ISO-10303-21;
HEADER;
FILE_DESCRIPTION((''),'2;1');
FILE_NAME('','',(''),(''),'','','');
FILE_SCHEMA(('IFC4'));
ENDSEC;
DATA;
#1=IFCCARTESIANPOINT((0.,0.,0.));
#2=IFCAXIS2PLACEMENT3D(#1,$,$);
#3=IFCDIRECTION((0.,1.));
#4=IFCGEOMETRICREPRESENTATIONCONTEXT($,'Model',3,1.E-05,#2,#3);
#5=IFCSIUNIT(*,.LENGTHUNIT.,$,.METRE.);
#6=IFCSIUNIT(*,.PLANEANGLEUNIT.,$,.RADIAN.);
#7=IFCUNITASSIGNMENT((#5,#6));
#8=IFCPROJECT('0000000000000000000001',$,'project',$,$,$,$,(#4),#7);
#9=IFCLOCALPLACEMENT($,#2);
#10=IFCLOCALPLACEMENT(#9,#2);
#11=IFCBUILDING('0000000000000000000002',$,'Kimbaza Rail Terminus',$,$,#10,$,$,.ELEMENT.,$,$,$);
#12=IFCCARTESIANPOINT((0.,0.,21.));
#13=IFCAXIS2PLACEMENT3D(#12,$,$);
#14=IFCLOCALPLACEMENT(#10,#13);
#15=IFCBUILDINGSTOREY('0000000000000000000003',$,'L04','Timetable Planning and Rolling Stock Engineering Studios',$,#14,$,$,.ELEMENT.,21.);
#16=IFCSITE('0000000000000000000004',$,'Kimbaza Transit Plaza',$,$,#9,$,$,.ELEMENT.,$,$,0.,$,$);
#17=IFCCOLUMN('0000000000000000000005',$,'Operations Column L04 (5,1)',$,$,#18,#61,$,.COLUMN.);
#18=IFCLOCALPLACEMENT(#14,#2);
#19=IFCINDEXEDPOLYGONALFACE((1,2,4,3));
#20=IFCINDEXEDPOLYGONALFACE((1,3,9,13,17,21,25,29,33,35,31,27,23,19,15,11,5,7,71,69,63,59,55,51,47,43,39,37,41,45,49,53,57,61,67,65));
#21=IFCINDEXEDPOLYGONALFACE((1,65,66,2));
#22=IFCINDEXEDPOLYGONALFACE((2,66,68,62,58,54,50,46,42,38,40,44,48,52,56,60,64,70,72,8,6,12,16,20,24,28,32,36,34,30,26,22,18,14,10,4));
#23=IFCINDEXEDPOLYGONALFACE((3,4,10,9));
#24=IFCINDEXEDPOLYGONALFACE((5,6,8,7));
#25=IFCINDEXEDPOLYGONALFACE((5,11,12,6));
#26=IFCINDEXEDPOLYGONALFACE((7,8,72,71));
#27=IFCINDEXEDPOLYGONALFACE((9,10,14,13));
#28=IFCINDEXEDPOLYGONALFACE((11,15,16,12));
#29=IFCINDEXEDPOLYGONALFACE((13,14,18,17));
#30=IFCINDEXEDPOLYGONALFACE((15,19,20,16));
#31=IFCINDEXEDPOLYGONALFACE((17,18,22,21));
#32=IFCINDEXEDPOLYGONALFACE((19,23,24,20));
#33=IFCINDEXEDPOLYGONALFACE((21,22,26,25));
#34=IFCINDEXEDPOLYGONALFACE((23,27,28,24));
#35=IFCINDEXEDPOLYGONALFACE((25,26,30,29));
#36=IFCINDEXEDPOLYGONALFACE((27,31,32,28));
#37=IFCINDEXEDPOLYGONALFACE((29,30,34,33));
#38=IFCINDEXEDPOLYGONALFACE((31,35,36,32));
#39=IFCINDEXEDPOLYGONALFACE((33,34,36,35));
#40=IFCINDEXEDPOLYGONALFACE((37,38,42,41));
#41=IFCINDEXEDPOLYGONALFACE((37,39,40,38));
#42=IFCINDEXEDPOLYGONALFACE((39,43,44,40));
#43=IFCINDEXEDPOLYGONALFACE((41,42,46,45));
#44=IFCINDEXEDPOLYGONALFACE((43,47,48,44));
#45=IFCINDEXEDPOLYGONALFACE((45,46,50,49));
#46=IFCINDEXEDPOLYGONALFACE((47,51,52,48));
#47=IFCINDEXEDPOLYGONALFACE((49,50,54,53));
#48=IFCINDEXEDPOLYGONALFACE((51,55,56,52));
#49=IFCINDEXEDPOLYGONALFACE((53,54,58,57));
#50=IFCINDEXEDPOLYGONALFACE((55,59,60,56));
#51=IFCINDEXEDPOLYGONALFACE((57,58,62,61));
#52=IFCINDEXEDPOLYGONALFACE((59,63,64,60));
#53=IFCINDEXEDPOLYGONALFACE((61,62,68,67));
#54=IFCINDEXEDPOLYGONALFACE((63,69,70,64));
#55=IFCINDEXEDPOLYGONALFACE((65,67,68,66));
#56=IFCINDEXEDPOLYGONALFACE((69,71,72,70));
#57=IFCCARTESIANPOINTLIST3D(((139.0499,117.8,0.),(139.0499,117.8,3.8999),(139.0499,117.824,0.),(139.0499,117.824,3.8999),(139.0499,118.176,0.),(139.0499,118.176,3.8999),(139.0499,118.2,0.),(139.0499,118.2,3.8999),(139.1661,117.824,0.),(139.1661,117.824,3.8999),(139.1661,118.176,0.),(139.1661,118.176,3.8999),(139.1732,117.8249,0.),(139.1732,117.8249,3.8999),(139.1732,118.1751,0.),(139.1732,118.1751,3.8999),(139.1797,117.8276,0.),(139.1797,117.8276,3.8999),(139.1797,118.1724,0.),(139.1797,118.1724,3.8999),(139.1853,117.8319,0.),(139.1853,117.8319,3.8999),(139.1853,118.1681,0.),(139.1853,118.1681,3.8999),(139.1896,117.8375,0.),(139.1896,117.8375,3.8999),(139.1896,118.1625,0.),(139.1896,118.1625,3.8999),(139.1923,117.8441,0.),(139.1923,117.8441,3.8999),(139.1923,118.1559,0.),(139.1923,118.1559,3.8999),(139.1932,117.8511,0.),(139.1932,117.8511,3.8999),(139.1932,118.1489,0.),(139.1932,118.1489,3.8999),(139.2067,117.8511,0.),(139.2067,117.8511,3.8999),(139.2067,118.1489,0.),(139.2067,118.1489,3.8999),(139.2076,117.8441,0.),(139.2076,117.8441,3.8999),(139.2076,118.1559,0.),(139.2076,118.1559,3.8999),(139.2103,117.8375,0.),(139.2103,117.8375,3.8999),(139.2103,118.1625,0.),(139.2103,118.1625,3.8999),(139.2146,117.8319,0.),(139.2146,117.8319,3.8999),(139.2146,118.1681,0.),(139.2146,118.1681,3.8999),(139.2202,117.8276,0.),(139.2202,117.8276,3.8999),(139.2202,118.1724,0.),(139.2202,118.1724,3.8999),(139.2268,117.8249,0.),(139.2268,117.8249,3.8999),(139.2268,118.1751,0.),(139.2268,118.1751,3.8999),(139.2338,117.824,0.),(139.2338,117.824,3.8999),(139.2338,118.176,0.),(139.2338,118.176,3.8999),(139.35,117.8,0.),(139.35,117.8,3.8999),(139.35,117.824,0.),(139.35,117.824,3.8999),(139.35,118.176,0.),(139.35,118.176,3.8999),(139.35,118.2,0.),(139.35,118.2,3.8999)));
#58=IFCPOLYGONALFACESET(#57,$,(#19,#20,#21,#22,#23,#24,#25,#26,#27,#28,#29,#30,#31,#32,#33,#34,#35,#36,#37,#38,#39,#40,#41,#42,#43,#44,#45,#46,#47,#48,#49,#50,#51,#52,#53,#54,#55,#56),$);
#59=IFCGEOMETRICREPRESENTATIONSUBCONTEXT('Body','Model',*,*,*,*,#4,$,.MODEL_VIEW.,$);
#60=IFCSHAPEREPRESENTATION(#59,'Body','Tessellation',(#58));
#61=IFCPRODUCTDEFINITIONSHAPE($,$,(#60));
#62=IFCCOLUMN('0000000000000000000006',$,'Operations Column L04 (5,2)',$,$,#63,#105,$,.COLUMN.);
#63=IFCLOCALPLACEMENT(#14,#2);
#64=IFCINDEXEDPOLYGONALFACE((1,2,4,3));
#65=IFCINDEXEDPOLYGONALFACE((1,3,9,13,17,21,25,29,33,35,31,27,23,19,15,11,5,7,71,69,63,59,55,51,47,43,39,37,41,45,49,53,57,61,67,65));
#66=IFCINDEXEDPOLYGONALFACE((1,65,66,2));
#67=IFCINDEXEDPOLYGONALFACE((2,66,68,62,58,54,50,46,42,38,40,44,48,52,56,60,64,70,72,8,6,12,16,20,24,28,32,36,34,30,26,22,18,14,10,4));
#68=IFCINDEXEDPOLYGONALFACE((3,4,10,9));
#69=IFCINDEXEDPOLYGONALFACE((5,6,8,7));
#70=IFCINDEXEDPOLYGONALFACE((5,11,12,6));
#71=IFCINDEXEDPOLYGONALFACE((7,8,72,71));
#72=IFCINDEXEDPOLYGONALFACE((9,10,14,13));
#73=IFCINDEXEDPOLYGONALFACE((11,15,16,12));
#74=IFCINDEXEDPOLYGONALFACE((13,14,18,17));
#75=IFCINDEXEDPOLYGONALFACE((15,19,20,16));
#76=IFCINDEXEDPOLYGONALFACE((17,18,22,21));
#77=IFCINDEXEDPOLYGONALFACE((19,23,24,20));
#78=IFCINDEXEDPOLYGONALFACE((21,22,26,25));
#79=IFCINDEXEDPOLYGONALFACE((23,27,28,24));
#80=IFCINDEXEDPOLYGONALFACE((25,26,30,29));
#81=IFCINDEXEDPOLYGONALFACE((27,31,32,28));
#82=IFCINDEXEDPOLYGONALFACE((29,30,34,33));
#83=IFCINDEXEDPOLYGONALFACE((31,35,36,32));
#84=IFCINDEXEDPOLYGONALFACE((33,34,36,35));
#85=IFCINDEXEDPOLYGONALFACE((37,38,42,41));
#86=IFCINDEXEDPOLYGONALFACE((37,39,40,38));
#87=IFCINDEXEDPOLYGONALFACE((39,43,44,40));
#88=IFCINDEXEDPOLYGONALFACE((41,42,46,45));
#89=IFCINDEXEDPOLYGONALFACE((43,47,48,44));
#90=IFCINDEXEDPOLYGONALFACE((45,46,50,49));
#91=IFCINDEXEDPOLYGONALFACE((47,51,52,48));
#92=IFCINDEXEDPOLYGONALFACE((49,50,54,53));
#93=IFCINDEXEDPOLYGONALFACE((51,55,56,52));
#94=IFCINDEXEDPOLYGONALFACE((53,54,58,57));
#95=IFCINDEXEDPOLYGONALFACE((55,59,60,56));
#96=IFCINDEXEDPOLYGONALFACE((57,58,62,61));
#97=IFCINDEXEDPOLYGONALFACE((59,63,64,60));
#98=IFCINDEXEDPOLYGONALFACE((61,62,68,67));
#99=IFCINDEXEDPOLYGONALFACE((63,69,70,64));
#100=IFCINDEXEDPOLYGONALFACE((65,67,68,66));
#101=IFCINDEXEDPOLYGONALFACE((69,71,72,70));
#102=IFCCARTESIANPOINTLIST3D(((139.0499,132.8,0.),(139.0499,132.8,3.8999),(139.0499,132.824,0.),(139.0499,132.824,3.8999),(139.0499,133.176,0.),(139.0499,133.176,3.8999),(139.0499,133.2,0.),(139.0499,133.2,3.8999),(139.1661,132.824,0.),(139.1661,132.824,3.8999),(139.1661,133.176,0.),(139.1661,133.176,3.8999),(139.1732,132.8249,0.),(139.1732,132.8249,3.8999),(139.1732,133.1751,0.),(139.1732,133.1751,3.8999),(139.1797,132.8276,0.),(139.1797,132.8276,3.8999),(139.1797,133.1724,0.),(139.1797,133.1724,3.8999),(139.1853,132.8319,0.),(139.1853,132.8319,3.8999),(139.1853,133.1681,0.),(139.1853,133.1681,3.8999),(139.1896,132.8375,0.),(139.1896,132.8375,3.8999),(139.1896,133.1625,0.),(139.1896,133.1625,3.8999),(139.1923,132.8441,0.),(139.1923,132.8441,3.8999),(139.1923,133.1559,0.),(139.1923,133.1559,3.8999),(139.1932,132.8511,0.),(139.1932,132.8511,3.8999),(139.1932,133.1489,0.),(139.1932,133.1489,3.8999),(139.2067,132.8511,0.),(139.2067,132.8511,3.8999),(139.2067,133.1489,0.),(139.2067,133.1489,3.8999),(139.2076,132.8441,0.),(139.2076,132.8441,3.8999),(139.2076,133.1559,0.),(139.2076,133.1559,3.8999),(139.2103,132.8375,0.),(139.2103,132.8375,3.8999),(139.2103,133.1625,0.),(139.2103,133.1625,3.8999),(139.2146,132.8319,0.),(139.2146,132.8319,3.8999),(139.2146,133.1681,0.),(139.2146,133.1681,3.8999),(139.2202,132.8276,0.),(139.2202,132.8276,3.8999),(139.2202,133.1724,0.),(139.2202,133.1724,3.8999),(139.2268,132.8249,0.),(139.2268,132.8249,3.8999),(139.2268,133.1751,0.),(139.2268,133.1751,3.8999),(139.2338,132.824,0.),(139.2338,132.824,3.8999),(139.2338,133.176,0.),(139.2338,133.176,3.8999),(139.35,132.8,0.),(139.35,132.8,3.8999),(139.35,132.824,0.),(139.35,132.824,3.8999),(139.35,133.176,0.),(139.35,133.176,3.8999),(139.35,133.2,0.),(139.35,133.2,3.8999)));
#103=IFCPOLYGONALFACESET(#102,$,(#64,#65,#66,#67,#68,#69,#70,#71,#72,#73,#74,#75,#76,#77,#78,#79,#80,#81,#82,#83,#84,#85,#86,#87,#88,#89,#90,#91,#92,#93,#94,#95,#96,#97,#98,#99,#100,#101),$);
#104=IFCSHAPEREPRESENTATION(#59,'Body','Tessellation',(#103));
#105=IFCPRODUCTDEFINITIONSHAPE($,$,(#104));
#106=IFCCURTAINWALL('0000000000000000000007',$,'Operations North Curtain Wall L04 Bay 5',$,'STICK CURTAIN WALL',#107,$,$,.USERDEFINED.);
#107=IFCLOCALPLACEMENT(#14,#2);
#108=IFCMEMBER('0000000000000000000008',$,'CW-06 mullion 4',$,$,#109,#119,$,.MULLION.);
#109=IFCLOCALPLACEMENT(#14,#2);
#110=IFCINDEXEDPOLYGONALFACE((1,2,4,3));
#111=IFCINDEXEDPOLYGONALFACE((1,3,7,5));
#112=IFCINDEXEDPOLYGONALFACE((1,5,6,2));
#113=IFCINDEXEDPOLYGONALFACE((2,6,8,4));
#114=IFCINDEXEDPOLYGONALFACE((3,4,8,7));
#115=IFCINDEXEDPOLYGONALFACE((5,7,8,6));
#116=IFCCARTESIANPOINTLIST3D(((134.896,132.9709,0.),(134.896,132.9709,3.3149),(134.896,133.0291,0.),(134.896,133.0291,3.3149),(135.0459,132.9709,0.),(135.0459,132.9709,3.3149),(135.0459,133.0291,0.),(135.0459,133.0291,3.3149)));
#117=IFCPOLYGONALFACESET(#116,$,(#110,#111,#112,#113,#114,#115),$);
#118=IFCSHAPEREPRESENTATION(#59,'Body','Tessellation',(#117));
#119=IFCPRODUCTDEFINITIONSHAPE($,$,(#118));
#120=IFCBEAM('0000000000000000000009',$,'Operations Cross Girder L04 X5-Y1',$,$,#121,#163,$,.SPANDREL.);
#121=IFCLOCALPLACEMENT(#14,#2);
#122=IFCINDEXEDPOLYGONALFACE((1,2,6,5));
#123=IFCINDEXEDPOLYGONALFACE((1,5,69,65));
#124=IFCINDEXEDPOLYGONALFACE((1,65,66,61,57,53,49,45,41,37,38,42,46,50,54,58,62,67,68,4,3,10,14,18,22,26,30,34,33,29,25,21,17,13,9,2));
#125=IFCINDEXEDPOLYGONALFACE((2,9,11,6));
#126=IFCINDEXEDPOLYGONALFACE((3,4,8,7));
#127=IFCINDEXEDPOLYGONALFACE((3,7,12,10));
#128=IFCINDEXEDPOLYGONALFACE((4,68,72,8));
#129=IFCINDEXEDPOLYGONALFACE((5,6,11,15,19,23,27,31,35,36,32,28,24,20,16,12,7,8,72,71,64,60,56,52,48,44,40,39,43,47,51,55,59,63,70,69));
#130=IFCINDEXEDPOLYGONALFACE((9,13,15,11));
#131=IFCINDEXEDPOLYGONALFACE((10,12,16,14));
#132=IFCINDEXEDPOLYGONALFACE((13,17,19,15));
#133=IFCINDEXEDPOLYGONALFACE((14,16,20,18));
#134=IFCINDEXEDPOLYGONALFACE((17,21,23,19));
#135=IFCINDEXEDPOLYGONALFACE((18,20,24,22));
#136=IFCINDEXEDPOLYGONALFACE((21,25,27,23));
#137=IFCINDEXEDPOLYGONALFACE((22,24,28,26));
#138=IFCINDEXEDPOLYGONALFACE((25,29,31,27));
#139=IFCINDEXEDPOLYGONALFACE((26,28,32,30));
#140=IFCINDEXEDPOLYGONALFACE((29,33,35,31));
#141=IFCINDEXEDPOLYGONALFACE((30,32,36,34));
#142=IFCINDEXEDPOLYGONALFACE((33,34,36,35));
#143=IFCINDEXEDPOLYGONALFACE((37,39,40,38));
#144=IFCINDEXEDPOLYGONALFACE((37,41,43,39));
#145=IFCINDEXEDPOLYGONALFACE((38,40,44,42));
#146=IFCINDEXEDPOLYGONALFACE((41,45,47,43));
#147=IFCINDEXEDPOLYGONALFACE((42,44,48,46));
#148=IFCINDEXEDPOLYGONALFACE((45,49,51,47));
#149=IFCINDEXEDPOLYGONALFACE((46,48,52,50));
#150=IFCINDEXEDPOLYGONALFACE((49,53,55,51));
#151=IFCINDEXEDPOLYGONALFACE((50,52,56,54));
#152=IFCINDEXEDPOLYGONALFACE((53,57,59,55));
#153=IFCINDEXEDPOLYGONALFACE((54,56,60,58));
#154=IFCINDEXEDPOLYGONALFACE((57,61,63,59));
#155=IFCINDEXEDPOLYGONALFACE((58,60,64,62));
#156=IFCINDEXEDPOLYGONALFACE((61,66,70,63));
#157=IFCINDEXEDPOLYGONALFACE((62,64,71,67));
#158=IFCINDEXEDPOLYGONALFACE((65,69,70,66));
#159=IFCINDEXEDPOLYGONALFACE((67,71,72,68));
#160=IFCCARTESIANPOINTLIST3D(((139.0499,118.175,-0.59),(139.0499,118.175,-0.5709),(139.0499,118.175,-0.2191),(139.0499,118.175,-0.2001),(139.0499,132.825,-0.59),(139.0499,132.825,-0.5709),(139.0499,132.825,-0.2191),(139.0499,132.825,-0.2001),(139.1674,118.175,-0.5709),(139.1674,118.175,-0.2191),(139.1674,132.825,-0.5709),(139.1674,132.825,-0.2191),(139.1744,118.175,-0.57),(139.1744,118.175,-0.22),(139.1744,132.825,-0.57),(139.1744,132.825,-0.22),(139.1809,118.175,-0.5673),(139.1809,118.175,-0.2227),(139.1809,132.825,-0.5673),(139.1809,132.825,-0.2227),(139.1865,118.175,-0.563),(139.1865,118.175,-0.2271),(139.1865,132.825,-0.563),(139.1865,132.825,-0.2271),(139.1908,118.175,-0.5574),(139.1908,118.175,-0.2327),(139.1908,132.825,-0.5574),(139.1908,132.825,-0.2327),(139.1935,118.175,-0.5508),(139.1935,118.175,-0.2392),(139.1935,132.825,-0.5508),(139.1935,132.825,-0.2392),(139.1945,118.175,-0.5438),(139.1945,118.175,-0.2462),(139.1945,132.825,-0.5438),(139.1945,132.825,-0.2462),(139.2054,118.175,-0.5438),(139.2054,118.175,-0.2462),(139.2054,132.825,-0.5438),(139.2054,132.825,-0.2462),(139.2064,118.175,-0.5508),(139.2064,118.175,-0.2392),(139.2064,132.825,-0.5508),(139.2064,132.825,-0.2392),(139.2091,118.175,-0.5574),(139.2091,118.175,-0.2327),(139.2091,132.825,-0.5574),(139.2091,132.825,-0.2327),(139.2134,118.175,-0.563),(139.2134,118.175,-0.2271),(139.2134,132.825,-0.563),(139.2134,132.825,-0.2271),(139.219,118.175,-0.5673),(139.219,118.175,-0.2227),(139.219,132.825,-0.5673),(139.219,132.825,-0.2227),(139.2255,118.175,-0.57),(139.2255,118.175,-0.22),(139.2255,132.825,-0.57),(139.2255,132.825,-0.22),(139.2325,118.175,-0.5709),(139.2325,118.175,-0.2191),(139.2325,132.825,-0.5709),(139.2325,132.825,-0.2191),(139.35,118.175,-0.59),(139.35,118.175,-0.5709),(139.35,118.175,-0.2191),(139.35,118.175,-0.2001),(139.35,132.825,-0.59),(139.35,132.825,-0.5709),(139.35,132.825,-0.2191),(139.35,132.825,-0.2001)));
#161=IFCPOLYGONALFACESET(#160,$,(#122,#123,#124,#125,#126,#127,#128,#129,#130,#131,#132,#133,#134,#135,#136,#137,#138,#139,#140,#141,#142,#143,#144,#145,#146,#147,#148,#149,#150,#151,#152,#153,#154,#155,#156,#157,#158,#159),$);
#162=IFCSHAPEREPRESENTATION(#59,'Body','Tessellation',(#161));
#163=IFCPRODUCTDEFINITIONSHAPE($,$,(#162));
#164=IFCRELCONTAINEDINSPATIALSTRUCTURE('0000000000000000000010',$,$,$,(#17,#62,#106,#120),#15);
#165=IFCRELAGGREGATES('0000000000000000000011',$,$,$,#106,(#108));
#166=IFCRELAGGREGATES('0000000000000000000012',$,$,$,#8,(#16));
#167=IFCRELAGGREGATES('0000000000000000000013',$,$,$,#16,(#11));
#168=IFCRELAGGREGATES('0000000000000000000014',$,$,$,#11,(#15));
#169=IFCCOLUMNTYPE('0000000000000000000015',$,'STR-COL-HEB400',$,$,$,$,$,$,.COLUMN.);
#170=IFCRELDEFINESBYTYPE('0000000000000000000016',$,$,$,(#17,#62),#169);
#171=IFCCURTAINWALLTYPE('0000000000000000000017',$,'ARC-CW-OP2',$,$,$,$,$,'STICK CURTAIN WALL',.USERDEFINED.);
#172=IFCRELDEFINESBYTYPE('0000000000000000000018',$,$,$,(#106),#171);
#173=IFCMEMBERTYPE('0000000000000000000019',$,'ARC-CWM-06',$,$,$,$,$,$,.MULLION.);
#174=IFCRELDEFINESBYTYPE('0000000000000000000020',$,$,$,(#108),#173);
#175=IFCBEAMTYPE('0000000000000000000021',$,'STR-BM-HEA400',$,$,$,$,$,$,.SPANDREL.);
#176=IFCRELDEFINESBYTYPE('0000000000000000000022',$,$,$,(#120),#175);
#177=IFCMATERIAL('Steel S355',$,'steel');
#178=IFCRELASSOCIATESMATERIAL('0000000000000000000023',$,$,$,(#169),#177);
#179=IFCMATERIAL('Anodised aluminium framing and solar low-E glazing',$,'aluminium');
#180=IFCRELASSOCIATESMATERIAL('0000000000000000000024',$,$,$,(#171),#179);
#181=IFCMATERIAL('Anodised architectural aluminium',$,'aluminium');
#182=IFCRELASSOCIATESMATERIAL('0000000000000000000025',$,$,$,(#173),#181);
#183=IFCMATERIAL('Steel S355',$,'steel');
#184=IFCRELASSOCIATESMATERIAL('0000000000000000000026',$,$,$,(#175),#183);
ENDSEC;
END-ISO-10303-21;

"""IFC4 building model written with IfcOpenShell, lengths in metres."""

from ifc_helpers import new_model, si_unit, direction, frame, origin, origin_2d, place, context, subcontext, project, spatial, rectangle, i_section, extrude, material, material_profile, profile_set, type_object, element, aggregate, save


model = new_model("IFC4")

# Units and contexts
model_context = context("Model", 3, precision=1e-05, world=origin(), true_north=direction((0.0, 1.0)))
body_context = subcontext(model_context, "Body", "Model", "MODEL_VIEW")
ifc_project = project(units=[si_unit("LENGTHUNIT", "METRE"), si_unit("PLANEANGLEUNIT", "RADIAN")], contexts=[model_context])

# Site, building, storey
site_placement = place(None, origin())
site = spatial("IfcSite", under=ifc_project, at=site_placement, Name="Kimbaza Transit Plaza", CompositionType="ELEMENT", RefElevation=0.0)
building_placement = place(site_placement, origin())
building = spatial("IfcBuilding", under=site, at=building_placement, Name="Kimbaza Rail Terminus", CompositionType="ELEMENT")
storey_placement = place(building_placement, frame((0.0, 0.0, 21.0)))
storey = spatial("IfcBuildingStorey", under=building, at=storey_placement, Name="L04", Description="Timetable Planning and Rolling Stock Engineering Studios", CompositionType="ELEMENT", Elevation=21.0)

# Columns
ifc_material_1 = material(Name="Steel S355", Category="steel")
ifc_material_profile_1 = material_profile(ifc_material_1, i_section(OverallWidth=0.3, OverallDepth=0.3999, WebThickness=0.0134, FlangeThickness=0.0239, FilletRadius=0.0271, at=origin_2d()), Name="HEB 400")
ifc_profile_set_1 = profile_set([ifc_material_profile_1], Name="Steel S355")
column_type = type_object("IfcColumnType", Name="STR-COL-HEB400", PredefinedType="COLUMN", material=ifc_profile_set_1)
for number, where, z_axis, x_axis, name in (
    (1, (139.2, 118.0, 0.0), (0.0, 0.0, 1.0), (1.0, 0.0, 0.0), "Operations Column L04 (5,1)"),
    (2, (139.2, 133.0, 0.0), (0.0, 0.0, 1.0), (1.0, 0.0, 0.0), "Operations Column L04 (5,2)"),
):
    element("IfcColumn", number, at=place(storey_placement, frame(where, z_axis=z_axis, x_axis=x_axis)), inside=storey, type_object=column_type, Name=name, PredefinedType="COLUMN", context=body_context, shape_type="SweptSolid", body=[
        extrude(i_section(OverallWidth=0.3, OverallDepth=0.3999, WebThickness=0.0134, FlangeThickness=0.0239, FilletRadius=0.0271, at=origin_2d()), origin(), (0.0, 0.0, 1.0), 3.8999),
    ])

# Curtain wall, member
ifc_material_2 = material(Name="Anodised aluminium framing and solar low-E glazing", Category="aluminium")
curtain_wall_type = type_object("IfcCurtainWallType", Name="ARC-CW-OP2", ElementType="STICK CURTAIN WALL", PredefinedType="USERDEFINED", material=ifc_material_2)
curtain_wall_placement = place(storey_placement, origin())
curtain_wall = element("IfcCurtainWall", 3, at=curtain_wall_placement, inside=storey, type_object=curtain_wall_type, Name="Operations North Curtain Wall L04 Bay 5", ObjectType="STICK CURTAIN WALL", PredefinedType="USERDEFINED")
ifc_material_3 = material(Name="Anodised architectural aluminium", Category="aluminium")
ifc_material_profile_2 = material_profile(ifc_material_3, rectangle(XDim=0.0581, YDim=0.1499, at=origin_2d()), Name="MULLION 58x150")
ifc_profile_set_2 = profile_set([ifc_material_profile_2], Name="Anodised architectural aluminium")
member_type = type_object("IfcMemberType", Name="ARC-CWM-06", PredefinedType="MULLION", material=ifc_profile_set_2)
member_placement = place(storey_placement, frame((134.9709, 133.0, 0.0), z_axis=(0.0, 0.0, 1.0), x_axis=(0.0, 1.0, 0.0)))
member = element("IfcMember", 4, at=member_placement, type_object=member_type, Name="CW-06 mullion 4", PredefinedType="MULLION", context=body_context, shape_type="SweptSolid", body=[
    extrude(rectangle(XDim=0.0581, YDim=0.1499, at=origin_2d()), origin(), (0.0, 0.0, 1.0), 3.3149),
])
aggregate(curtain_wall, [member])

# Beam
ifc_material_4 = material(Name="Steel S355", Category="steel")
ifc_material_profile_3 = material_profile(ifc_material_4, i_section(OverallWidth=0.3, OverallDepth=0.3899, WebThickness=0.011, FlangeThickness=0.019, FilletRadius=0.0271, at=origin_2d()), Name="HEA 400")
ifc_profile_set_3 = profile_set([ifc_material_profile_3], Name="Steel S355")
beam_type_1 = type_object("IfcBeamType", Name="STR-BM-HEA400", PredefinedType="SPANDREL", material=ifc_profile_set_3)
beam_1_placement = place(storey_placement, frame((139.2, 118.175, -0.395), z_axis=(0.0, 1.0, 0.0), x_axis=(-1.0, 0.0, 0.0)))
element("IfcBeam", 5, at=beam_1_placement, inside=storey, type_object=beam_type_1, Name="Operations Cross Girder L04 X5-Y1", PredefinedType="SPANDREL", context=body_context, shape_type="SweptSolid", body=[
    extrude(i_section(OverallWidth=0.3, OverallDepth=0.3899, WebThickness=0.011, FlangeThickness=0.019, FilletRadius=0.0271, at=origin_2d()), origin(), (0.0, 0.0, 1.0), 14.6499),
])

save(model, "model.ifc")
